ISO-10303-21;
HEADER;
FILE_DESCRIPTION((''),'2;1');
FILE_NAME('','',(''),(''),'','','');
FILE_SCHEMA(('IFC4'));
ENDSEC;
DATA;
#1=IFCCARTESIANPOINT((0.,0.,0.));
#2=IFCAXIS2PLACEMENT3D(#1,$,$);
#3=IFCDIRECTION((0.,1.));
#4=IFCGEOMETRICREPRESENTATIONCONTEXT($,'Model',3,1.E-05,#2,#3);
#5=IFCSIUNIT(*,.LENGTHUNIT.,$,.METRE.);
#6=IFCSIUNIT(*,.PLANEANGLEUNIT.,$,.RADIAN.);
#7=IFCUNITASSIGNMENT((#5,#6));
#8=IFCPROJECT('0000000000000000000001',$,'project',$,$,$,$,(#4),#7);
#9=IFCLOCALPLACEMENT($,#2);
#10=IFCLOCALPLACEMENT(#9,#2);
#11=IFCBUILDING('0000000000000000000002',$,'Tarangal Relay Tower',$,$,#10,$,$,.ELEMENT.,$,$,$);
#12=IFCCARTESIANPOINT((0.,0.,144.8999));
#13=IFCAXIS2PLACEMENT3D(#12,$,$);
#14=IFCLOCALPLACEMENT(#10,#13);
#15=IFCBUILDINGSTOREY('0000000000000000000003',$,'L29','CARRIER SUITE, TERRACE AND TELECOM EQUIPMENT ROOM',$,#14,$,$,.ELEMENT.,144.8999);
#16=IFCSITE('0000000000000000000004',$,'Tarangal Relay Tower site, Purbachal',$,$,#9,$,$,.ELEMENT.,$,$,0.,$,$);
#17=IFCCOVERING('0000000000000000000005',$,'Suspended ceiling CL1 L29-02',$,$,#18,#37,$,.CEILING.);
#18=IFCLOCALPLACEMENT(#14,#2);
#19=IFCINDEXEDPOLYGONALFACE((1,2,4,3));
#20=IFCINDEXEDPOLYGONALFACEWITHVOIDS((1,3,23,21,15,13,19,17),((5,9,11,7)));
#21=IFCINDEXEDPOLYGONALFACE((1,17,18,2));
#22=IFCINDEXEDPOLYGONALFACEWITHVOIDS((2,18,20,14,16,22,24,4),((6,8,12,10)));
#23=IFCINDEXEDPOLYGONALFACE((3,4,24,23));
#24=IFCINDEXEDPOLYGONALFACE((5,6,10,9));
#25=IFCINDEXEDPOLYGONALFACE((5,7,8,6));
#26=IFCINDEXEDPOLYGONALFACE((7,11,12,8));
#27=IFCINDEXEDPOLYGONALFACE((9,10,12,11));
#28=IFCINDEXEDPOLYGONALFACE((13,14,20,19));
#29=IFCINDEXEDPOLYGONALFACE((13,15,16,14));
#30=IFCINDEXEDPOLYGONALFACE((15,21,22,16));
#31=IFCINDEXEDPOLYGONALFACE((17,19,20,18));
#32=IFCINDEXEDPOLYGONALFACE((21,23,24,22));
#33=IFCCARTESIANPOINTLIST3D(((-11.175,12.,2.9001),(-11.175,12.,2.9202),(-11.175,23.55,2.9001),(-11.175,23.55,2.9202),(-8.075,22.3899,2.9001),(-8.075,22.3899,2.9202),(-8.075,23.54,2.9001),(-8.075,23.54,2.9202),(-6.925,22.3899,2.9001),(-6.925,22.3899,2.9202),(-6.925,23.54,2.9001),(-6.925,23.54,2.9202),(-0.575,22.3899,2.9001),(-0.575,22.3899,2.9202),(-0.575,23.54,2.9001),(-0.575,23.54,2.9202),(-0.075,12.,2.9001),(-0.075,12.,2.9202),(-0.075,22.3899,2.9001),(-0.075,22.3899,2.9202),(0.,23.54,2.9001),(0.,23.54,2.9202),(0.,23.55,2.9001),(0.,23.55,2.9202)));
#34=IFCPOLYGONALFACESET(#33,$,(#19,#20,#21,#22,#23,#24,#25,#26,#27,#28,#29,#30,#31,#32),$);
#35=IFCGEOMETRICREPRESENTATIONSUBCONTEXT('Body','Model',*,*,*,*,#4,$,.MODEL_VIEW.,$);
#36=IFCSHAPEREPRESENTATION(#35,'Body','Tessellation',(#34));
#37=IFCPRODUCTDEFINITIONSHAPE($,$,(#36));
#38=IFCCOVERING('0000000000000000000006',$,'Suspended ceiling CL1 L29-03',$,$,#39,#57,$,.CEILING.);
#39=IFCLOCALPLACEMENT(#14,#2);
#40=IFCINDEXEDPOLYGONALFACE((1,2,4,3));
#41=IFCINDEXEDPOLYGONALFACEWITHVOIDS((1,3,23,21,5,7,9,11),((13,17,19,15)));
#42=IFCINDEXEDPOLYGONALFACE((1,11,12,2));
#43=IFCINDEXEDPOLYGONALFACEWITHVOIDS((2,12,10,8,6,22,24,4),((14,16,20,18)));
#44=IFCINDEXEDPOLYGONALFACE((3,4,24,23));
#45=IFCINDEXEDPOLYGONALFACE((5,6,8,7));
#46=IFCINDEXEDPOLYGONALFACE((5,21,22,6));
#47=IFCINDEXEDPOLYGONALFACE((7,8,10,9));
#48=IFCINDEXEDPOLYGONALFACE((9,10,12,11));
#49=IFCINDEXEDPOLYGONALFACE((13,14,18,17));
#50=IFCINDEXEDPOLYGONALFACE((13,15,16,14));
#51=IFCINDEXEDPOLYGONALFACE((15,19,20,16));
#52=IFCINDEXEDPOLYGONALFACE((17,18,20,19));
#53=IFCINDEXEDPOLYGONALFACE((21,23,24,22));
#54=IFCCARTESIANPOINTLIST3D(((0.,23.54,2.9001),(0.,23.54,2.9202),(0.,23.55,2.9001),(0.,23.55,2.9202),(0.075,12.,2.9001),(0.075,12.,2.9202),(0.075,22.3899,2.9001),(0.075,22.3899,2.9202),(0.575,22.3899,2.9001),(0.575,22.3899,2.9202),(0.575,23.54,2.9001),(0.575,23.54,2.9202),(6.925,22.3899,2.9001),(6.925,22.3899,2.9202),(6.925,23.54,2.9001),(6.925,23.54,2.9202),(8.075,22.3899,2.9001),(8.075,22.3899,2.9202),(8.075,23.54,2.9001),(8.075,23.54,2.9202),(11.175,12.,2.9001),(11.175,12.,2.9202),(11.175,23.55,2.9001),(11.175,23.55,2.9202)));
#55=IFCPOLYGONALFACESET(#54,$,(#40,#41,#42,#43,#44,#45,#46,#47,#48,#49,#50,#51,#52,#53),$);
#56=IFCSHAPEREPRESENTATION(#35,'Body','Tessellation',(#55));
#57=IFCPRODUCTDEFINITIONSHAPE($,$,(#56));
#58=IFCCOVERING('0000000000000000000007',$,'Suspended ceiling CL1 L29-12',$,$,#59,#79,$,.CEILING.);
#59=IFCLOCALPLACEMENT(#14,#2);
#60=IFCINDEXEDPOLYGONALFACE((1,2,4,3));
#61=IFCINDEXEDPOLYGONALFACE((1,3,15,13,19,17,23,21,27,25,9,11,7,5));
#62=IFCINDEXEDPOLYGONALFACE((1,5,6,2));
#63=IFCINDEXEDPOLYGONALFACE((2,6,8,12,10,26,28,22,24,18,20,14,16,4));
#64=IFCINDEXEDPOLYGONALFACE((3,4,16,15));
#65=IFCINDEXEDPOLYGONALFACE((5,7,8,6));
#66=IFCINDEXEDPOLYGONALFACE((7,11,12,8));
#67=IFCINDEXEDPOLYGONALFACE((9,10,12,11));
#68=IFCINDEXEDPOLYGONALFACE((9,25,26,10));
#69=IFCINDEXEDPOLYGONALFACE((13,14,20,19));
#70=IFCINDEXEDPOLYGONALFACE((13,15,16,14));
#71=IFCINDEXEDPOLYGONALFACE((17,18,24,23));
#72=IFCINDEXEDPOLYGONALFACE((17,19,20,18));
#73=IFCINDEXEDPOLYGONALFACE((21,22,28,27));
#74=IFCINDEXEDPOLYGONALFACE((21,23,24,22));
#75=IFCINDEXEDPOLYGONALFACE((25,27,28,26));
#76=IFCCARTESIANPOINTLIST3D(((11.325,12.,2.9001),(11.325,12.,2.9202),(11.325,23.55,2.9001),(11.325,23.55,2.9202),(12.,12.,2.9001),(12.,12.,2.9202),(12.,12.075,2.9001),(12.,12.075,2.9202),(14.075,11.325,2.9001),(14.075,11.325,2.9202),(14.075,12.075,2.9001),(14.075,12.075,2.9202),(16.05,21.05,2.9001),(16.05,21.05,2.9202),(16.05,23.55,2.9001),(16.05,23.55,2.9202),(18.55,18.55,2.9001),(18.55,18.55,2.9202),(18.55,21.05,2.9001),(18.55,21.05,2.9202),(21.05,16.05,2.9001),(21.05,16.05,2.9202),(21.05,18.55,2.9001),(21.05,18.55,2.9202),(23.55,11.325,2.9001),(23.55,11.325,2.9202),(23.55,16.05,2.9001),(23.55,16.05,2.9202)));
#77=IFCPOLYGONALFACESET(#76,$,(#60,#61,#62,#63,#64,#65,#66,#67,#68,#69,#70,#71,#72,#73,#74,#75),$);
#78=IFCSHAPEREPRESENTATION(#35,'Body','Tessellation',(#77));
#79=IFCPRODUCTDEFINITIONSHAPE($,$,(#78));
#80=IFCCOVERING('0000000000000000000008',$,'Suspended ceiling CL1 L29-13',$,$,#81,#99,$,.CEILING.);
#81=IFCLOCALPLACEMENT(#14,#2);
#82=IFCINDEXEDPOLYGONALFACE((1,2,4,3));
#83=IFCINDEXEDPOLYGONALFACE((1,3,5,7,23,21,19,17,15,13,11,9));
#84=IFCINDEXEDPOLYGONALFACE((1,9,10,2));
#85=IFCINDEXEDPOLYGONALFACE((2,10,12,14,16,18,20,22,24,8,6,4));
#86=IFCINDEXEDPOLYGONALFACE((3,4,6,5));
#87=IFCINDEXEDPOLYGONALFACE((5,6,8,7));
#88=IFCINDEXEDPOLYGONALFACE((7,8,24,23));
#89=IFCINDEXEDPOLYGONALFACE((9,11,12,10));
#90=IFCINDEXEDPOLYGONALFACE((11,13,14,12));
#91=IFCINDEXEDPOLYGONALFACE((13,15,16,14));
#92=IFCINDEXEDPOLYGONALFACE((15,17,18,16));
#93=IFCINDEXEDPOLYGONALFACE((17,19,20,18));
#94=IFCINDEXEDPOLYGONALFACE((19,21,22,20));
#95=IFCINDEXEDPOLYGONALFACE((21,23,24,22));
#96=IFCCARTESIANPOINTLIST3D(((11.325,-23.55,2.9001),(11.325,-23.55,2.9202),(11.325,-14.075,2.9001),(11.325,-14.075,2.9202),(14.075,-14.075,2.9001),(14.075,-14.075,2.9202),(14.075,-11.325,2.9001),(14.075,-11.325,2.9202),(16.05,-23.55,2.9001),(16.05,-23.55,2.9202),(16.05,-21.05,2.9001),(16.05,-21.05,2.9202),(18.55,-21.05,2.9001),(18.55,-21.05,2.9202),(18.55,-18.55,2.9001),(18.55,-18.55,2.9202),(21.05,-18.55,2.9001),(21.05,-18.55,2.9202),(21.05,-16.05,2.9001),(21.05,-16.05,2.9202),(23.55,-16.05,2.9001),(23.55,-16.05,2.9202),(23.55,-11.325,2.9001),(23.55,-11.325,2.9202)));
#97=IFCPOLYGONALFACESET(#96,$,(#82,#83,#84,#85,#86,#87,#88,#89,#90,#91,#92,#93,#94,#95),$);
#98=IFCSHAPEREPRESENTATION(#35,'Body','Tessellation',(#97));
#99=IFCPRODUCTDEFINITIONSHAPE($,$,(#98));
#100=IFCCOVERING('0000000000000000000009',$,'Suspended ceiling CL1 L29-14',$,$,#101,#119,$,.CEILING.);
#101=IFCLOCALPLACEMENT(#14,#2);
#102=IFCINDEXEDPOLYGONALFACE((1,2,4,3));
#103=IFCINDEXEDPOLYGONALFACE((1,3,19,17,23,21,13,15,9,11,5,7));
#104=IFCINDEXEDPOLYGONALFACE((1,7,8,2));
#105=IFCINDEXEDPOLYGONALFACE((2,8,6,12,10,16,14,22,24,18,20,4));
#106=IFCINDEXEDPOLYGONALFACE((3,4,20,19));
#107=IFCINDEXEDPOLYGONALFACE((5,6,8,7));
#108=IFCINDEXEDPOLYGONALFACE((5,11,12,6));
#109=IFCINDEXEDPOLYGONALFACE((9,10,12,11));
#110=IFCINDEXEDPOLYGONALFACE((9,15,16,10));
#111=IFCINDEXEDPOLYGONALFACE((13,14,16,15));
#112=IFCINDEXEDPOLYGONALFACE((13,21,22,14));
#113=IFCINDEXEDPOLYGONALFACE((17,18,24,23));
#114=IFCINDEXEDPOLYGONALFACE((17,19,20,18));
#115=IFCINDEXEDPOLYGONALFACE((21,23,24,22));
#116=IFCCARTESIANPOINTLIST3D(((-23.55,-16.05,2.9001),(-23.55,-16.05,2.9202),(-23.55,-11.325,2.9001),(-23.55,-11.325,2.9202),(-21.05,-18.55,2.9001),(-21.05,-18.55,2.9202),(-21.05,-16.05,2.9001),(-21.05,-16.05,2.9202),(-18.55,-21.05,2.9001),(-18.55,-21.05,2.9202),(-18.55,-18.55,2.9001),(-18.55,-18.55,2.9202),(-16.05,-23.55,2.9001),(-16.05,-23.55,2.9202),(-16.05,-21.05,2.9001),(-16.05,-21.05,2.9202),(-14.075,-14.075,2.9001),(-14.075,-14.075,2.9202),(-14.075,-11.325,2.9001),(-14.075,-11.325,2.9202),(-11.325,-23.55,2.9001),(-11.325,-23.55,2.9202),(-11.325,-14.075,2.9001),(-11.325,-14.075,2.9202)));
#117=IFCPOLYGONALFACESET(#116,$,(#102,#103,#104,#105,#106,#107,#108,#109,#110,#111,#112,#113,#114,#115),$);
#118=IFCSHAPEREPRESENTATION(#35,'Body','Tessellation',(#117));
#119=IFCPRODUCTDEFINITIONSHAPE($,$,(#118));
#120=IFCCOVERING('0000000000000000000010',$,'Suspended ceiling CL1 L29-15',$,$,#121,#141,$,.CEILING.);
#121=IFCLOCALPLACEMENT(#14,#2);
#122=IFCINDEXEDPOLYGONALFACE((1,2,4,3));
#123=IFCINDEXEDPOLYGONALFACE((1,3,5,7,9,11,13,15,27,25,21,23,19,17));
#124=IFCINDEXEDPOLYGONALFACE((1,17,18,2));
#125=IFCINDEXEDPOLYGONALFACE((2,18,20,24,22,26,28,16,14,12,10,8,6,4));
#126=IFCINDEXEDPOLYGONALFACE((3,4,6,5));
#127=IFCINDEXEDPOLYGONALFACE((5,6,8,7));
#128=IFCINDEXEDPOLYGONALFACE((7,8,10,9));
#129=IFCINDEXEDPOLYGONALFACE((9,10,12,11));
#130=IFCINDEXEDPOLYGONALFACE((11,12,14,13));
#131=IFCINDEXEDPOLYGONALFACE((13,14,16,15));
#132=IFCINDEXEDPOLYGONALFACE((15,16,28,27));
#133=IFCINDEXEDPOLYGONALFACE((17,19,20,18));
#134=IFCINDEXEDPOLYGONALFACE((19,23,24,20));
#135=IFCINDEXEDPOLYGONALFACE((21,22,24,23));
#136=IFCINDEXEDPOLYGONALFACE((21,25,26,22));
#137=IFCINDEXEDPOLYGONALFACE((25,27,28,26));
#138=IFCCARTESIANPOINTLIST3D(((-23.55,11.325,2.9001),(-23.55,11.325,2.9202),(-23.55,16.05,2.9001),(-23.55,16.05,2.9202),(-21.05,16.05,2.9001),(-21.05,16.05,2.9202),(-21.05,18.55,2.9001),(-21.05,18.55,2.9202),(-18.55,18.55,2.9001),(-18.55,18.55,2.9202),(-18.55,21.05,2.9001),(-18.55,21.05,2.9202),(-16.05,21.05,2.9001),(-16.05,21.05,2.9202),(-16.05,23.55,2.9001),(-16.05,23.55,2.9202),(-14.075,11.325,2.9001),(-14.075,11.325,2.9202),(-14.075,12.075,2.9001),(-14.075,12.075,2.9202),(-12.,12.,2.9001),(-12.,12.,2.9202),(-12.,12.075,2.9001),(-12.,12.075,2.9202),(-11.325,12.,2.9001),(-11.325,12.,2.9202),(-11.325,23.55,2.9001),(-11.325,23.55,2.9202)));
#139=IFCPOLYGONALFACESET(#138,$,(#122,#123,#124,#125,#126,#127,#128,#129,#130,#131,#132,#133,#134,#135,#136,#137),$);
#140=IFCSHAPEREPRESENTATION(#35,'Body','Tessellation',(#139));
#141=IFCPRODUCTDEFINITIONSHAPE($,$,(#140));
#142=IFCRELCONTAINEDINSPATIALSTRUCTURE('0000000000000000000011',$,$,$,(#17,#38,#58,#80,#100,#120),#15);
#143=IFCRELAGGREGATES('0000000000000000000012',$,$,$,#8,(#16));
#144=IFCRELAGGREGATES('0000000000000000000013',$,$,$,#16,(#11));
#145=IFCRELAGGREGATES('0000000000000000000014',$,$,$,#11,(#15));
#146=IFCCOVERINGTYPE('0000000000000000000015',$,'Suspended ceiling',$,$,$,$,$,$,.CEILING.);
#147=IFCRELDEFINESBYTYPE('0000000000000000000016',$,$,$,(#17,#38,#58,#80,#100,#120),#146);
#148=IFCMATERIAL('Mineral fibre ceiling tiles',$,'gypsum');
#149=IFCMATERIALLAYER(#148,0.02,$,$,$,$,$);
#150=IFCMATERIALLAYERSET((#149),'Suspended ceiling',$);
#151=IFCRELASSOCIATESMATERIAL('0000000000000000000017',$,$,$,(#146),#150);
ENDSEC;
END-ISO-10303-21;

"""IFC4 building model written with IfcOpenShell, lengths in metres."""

from ifc_helpers import new_model, si_unit, direction, frame, origin, place, context, subcontext, project, spatial, polyline, outline, extrude, material, layer, layer_set, type_object, element, save


model = new_model("IFC4")

# Units and contexts
model_context = context("Model", 3, precision=1e-05, world=origin(), true_north=direction((0.0, 1.0)))
body_context = subcontext(model_context, "Body", "Model", "MODEL_VIEW")
ifc_project = project(units=[si_unit("LENGTHUNIT", "METRE"), si_unit("PLANEANGLEUNIT", "RADIAN")], contexts=[model_context])

# Site, building, storey
site_placement = place(None, origin())
site = spatial("IfcSite", under=ifc_project, at=site_placement, Name="Tarangal Relay Tower site, Purbachal", CompositionType="ELEMENT", RefElevation=0.0)
building_placement = place(site_placement, origin())
building = spatial("IfcBuilding", under=site, at=building_placement, Name="Tarangal Relay Tower", CompositionType="ELEMENT")
storey_placement = place(building_placement, frame((0.0, 0.0, 144.8999)))
storey = spatial("IfcBuildingStorey", under=building, at=storey_placement, Name="L29", Description="CARRIER SUITE, TERRACE AND TELECOM EQUIPMENT ROOM", CompositionType="ELEMENT", Elevation=144.8999)

# Coverings
ifc_material_1 = material(Name="Mineral fibre ceiling tiles", Category="gypsum")
ifc_layer_1 = layer(ifc_material_1, 0.02)
ifc_layer_set_1 = layer_set([ifc_layer_1], Name="Suspended ceiling")
covering_type_1 = type_object("IfcCoveringType", Name="Suspended ceiling", PredefinedType="CEILING", material=ifc_layer_set_1)
covering_1_placement = place(storey_placement, frame((0.0, 0.0, 2.9001)))
element("IfcCovering", 1, at=covering_1_placement, inside=storey, type_object=covering_type_1, Name="Suspended ceiling CL1 L29-02", PredefinedType="CEILING", context=body_context, shape_type="SweptSolid", body=[
    extrude(outline(polyline([(-0.075, 22.3899), (-0.575, 22.3899), (-0.575, 23.54), (0.0, 23.54), (0.0, 23.55), (-11.175, 23.55), (-11.175, 12.0), (-0.075, 12.0), (-0.075, 22.3899)]), holes=[polyline([(-6.925, 22.3899), (-6.925, 23.54), (-8.075, 23.54), (-8.075, 22.3899), (-6.925, 22.3899)])]), origin(), (0.0, 0.0, 1.0), 0.02),
])
covering_2_placement = place(storey_placement, frame((0.0, 0.0, 2.9001)))
element("IfcCovering", 2, at=covering_2_placement, inside=storey, type_object=covering_type_1, Name="Suspended ceiling CL1 L29-03", PredefinedType="CEILING", context=body_context, shape_type="SweptSolid", body=[
    extrude(outline(polyline([(0.075, 12.0), (11.175, 12.0), (11.175, 23.55), (0.0, 23.55), (0.0, 23.54), (0.575, 23.54), (0.575, 22.3899), (0.075, 22.3899), (0.075, 12.0)]), holes=[polyline([(8.075, 22.3899), (8.075, 23.54), (6.925, 23.54), (6.925, 22.3899), (8.075, 22.3899)])]), origin(), (0.0, 0.0, 1.0), 0.02),
])
covering_3_placement = place(storey_placement, frame((0.0, 0.0, 2.9001)))
element("IfcCovering", 3, at=covering_3_placement, inside=storey, type_object=covering_type_1, Name="Suspended ceiling CL1 L29-12", PredefinedType="CEILING", context=body_context, shape_type="SweptSolid", body=[
    extrude(outline(polyline([(11.325, 23.55), (11.325, 12.0), (12.0, 12.0), (12.0, 12.075), (14.075, 12.075), (14.075, 11.325), (23.55, 11.325), (23.55, 16.05), (21.05, 16.05), (21.05, 18.55), (18.55, 18.55), (18.55, 21.05), (16.05, 21.05), (16.05, 23.55), (11.325, 23.55)])), origin(), (0.0, 0.0, 1.0), 0.02),
])
covering_4_placement = place(storey_placement, frame((0.0, 0.0, 2.9001)))
element("IfcCovering", 4, at=covering_4_placement, inside=storey, type_object=covering_type_1, Name="Suspended ceiling CL1 L29-13", PredefinedType="CEILING", context=body_context, shape_type="SweptSolid", body=[
    extrude(outline(polyline([(23.55, -16.05), (23.55, -11.325), (14.075, -11.325), (14.075, -14.075), (11.325, -14.075), (11.325, -23.55), (16.05, -23.55), (16.05, -21.05), (18.55, -21.05), (18.55, -18.55), (21.05, -18.55), (21.05, -16.05), (23.55, -16.05)])), origin(), (0.0, 0.0, 1.0), 0.02),
])
covering_5_placement = place(storey_placement, frame((0.0, 0.0, 2.9001)))
element("IfcCovering", 5, at=covering_5_placement, inside=storey, type_object=covering_type_1, Name="Suspended ceiling CL1 L29-14", PredefinedType="CEILING", context=body_context, shape_type="SweptSolid", body=[
    extrude(outline(polyline([(-16.05, -21.05), (-16.05, -23.55), (-11.325, -23.55), (-11.325, -14.075), (-14.075, -14.075), (-14.075, -11.325), (-23.55, -11.325), (-23.55, -16.05), (-21.05, -16.05), (-21.05, -18.55), (-18.55, -18.55), (-18.55, -21.05), (-16.05, -21.05)])), origin(), (0.0, 0.0, 1.0), 0.02),
])
covering_6_placement = place(storey_placement, frame((0.0, 0.0, 2.9001)))
element("IfcCovering", 6, at=covering_6_placement, inside=storey, type_object=covering_type_1, Name="Suspended ceiling CL1 L29-15", PredefinedType="CEILING", context=body_context, shape_type="SweptSolid", body=[
    extrude(outline(polyline([(-21.05, 16.05), (-23.55, 16.05), (-23.55, 11.325), (-14.075, 11.325), (-14.075, 12.075), (-12.0, 12.075), (-12.0, 12.0), (-11.325, 12.0), (-11.325, 23.55), (-16.05, 23.55), (-16.05, 21.05), (-18.55, 21.05), (-18.55, 18.55), (-21.05, 18.55), (-21.05, 16.05)])), origin(), (0.0, 0.0, 1.0), 0.02),
])

save(model, "model.ifc")
